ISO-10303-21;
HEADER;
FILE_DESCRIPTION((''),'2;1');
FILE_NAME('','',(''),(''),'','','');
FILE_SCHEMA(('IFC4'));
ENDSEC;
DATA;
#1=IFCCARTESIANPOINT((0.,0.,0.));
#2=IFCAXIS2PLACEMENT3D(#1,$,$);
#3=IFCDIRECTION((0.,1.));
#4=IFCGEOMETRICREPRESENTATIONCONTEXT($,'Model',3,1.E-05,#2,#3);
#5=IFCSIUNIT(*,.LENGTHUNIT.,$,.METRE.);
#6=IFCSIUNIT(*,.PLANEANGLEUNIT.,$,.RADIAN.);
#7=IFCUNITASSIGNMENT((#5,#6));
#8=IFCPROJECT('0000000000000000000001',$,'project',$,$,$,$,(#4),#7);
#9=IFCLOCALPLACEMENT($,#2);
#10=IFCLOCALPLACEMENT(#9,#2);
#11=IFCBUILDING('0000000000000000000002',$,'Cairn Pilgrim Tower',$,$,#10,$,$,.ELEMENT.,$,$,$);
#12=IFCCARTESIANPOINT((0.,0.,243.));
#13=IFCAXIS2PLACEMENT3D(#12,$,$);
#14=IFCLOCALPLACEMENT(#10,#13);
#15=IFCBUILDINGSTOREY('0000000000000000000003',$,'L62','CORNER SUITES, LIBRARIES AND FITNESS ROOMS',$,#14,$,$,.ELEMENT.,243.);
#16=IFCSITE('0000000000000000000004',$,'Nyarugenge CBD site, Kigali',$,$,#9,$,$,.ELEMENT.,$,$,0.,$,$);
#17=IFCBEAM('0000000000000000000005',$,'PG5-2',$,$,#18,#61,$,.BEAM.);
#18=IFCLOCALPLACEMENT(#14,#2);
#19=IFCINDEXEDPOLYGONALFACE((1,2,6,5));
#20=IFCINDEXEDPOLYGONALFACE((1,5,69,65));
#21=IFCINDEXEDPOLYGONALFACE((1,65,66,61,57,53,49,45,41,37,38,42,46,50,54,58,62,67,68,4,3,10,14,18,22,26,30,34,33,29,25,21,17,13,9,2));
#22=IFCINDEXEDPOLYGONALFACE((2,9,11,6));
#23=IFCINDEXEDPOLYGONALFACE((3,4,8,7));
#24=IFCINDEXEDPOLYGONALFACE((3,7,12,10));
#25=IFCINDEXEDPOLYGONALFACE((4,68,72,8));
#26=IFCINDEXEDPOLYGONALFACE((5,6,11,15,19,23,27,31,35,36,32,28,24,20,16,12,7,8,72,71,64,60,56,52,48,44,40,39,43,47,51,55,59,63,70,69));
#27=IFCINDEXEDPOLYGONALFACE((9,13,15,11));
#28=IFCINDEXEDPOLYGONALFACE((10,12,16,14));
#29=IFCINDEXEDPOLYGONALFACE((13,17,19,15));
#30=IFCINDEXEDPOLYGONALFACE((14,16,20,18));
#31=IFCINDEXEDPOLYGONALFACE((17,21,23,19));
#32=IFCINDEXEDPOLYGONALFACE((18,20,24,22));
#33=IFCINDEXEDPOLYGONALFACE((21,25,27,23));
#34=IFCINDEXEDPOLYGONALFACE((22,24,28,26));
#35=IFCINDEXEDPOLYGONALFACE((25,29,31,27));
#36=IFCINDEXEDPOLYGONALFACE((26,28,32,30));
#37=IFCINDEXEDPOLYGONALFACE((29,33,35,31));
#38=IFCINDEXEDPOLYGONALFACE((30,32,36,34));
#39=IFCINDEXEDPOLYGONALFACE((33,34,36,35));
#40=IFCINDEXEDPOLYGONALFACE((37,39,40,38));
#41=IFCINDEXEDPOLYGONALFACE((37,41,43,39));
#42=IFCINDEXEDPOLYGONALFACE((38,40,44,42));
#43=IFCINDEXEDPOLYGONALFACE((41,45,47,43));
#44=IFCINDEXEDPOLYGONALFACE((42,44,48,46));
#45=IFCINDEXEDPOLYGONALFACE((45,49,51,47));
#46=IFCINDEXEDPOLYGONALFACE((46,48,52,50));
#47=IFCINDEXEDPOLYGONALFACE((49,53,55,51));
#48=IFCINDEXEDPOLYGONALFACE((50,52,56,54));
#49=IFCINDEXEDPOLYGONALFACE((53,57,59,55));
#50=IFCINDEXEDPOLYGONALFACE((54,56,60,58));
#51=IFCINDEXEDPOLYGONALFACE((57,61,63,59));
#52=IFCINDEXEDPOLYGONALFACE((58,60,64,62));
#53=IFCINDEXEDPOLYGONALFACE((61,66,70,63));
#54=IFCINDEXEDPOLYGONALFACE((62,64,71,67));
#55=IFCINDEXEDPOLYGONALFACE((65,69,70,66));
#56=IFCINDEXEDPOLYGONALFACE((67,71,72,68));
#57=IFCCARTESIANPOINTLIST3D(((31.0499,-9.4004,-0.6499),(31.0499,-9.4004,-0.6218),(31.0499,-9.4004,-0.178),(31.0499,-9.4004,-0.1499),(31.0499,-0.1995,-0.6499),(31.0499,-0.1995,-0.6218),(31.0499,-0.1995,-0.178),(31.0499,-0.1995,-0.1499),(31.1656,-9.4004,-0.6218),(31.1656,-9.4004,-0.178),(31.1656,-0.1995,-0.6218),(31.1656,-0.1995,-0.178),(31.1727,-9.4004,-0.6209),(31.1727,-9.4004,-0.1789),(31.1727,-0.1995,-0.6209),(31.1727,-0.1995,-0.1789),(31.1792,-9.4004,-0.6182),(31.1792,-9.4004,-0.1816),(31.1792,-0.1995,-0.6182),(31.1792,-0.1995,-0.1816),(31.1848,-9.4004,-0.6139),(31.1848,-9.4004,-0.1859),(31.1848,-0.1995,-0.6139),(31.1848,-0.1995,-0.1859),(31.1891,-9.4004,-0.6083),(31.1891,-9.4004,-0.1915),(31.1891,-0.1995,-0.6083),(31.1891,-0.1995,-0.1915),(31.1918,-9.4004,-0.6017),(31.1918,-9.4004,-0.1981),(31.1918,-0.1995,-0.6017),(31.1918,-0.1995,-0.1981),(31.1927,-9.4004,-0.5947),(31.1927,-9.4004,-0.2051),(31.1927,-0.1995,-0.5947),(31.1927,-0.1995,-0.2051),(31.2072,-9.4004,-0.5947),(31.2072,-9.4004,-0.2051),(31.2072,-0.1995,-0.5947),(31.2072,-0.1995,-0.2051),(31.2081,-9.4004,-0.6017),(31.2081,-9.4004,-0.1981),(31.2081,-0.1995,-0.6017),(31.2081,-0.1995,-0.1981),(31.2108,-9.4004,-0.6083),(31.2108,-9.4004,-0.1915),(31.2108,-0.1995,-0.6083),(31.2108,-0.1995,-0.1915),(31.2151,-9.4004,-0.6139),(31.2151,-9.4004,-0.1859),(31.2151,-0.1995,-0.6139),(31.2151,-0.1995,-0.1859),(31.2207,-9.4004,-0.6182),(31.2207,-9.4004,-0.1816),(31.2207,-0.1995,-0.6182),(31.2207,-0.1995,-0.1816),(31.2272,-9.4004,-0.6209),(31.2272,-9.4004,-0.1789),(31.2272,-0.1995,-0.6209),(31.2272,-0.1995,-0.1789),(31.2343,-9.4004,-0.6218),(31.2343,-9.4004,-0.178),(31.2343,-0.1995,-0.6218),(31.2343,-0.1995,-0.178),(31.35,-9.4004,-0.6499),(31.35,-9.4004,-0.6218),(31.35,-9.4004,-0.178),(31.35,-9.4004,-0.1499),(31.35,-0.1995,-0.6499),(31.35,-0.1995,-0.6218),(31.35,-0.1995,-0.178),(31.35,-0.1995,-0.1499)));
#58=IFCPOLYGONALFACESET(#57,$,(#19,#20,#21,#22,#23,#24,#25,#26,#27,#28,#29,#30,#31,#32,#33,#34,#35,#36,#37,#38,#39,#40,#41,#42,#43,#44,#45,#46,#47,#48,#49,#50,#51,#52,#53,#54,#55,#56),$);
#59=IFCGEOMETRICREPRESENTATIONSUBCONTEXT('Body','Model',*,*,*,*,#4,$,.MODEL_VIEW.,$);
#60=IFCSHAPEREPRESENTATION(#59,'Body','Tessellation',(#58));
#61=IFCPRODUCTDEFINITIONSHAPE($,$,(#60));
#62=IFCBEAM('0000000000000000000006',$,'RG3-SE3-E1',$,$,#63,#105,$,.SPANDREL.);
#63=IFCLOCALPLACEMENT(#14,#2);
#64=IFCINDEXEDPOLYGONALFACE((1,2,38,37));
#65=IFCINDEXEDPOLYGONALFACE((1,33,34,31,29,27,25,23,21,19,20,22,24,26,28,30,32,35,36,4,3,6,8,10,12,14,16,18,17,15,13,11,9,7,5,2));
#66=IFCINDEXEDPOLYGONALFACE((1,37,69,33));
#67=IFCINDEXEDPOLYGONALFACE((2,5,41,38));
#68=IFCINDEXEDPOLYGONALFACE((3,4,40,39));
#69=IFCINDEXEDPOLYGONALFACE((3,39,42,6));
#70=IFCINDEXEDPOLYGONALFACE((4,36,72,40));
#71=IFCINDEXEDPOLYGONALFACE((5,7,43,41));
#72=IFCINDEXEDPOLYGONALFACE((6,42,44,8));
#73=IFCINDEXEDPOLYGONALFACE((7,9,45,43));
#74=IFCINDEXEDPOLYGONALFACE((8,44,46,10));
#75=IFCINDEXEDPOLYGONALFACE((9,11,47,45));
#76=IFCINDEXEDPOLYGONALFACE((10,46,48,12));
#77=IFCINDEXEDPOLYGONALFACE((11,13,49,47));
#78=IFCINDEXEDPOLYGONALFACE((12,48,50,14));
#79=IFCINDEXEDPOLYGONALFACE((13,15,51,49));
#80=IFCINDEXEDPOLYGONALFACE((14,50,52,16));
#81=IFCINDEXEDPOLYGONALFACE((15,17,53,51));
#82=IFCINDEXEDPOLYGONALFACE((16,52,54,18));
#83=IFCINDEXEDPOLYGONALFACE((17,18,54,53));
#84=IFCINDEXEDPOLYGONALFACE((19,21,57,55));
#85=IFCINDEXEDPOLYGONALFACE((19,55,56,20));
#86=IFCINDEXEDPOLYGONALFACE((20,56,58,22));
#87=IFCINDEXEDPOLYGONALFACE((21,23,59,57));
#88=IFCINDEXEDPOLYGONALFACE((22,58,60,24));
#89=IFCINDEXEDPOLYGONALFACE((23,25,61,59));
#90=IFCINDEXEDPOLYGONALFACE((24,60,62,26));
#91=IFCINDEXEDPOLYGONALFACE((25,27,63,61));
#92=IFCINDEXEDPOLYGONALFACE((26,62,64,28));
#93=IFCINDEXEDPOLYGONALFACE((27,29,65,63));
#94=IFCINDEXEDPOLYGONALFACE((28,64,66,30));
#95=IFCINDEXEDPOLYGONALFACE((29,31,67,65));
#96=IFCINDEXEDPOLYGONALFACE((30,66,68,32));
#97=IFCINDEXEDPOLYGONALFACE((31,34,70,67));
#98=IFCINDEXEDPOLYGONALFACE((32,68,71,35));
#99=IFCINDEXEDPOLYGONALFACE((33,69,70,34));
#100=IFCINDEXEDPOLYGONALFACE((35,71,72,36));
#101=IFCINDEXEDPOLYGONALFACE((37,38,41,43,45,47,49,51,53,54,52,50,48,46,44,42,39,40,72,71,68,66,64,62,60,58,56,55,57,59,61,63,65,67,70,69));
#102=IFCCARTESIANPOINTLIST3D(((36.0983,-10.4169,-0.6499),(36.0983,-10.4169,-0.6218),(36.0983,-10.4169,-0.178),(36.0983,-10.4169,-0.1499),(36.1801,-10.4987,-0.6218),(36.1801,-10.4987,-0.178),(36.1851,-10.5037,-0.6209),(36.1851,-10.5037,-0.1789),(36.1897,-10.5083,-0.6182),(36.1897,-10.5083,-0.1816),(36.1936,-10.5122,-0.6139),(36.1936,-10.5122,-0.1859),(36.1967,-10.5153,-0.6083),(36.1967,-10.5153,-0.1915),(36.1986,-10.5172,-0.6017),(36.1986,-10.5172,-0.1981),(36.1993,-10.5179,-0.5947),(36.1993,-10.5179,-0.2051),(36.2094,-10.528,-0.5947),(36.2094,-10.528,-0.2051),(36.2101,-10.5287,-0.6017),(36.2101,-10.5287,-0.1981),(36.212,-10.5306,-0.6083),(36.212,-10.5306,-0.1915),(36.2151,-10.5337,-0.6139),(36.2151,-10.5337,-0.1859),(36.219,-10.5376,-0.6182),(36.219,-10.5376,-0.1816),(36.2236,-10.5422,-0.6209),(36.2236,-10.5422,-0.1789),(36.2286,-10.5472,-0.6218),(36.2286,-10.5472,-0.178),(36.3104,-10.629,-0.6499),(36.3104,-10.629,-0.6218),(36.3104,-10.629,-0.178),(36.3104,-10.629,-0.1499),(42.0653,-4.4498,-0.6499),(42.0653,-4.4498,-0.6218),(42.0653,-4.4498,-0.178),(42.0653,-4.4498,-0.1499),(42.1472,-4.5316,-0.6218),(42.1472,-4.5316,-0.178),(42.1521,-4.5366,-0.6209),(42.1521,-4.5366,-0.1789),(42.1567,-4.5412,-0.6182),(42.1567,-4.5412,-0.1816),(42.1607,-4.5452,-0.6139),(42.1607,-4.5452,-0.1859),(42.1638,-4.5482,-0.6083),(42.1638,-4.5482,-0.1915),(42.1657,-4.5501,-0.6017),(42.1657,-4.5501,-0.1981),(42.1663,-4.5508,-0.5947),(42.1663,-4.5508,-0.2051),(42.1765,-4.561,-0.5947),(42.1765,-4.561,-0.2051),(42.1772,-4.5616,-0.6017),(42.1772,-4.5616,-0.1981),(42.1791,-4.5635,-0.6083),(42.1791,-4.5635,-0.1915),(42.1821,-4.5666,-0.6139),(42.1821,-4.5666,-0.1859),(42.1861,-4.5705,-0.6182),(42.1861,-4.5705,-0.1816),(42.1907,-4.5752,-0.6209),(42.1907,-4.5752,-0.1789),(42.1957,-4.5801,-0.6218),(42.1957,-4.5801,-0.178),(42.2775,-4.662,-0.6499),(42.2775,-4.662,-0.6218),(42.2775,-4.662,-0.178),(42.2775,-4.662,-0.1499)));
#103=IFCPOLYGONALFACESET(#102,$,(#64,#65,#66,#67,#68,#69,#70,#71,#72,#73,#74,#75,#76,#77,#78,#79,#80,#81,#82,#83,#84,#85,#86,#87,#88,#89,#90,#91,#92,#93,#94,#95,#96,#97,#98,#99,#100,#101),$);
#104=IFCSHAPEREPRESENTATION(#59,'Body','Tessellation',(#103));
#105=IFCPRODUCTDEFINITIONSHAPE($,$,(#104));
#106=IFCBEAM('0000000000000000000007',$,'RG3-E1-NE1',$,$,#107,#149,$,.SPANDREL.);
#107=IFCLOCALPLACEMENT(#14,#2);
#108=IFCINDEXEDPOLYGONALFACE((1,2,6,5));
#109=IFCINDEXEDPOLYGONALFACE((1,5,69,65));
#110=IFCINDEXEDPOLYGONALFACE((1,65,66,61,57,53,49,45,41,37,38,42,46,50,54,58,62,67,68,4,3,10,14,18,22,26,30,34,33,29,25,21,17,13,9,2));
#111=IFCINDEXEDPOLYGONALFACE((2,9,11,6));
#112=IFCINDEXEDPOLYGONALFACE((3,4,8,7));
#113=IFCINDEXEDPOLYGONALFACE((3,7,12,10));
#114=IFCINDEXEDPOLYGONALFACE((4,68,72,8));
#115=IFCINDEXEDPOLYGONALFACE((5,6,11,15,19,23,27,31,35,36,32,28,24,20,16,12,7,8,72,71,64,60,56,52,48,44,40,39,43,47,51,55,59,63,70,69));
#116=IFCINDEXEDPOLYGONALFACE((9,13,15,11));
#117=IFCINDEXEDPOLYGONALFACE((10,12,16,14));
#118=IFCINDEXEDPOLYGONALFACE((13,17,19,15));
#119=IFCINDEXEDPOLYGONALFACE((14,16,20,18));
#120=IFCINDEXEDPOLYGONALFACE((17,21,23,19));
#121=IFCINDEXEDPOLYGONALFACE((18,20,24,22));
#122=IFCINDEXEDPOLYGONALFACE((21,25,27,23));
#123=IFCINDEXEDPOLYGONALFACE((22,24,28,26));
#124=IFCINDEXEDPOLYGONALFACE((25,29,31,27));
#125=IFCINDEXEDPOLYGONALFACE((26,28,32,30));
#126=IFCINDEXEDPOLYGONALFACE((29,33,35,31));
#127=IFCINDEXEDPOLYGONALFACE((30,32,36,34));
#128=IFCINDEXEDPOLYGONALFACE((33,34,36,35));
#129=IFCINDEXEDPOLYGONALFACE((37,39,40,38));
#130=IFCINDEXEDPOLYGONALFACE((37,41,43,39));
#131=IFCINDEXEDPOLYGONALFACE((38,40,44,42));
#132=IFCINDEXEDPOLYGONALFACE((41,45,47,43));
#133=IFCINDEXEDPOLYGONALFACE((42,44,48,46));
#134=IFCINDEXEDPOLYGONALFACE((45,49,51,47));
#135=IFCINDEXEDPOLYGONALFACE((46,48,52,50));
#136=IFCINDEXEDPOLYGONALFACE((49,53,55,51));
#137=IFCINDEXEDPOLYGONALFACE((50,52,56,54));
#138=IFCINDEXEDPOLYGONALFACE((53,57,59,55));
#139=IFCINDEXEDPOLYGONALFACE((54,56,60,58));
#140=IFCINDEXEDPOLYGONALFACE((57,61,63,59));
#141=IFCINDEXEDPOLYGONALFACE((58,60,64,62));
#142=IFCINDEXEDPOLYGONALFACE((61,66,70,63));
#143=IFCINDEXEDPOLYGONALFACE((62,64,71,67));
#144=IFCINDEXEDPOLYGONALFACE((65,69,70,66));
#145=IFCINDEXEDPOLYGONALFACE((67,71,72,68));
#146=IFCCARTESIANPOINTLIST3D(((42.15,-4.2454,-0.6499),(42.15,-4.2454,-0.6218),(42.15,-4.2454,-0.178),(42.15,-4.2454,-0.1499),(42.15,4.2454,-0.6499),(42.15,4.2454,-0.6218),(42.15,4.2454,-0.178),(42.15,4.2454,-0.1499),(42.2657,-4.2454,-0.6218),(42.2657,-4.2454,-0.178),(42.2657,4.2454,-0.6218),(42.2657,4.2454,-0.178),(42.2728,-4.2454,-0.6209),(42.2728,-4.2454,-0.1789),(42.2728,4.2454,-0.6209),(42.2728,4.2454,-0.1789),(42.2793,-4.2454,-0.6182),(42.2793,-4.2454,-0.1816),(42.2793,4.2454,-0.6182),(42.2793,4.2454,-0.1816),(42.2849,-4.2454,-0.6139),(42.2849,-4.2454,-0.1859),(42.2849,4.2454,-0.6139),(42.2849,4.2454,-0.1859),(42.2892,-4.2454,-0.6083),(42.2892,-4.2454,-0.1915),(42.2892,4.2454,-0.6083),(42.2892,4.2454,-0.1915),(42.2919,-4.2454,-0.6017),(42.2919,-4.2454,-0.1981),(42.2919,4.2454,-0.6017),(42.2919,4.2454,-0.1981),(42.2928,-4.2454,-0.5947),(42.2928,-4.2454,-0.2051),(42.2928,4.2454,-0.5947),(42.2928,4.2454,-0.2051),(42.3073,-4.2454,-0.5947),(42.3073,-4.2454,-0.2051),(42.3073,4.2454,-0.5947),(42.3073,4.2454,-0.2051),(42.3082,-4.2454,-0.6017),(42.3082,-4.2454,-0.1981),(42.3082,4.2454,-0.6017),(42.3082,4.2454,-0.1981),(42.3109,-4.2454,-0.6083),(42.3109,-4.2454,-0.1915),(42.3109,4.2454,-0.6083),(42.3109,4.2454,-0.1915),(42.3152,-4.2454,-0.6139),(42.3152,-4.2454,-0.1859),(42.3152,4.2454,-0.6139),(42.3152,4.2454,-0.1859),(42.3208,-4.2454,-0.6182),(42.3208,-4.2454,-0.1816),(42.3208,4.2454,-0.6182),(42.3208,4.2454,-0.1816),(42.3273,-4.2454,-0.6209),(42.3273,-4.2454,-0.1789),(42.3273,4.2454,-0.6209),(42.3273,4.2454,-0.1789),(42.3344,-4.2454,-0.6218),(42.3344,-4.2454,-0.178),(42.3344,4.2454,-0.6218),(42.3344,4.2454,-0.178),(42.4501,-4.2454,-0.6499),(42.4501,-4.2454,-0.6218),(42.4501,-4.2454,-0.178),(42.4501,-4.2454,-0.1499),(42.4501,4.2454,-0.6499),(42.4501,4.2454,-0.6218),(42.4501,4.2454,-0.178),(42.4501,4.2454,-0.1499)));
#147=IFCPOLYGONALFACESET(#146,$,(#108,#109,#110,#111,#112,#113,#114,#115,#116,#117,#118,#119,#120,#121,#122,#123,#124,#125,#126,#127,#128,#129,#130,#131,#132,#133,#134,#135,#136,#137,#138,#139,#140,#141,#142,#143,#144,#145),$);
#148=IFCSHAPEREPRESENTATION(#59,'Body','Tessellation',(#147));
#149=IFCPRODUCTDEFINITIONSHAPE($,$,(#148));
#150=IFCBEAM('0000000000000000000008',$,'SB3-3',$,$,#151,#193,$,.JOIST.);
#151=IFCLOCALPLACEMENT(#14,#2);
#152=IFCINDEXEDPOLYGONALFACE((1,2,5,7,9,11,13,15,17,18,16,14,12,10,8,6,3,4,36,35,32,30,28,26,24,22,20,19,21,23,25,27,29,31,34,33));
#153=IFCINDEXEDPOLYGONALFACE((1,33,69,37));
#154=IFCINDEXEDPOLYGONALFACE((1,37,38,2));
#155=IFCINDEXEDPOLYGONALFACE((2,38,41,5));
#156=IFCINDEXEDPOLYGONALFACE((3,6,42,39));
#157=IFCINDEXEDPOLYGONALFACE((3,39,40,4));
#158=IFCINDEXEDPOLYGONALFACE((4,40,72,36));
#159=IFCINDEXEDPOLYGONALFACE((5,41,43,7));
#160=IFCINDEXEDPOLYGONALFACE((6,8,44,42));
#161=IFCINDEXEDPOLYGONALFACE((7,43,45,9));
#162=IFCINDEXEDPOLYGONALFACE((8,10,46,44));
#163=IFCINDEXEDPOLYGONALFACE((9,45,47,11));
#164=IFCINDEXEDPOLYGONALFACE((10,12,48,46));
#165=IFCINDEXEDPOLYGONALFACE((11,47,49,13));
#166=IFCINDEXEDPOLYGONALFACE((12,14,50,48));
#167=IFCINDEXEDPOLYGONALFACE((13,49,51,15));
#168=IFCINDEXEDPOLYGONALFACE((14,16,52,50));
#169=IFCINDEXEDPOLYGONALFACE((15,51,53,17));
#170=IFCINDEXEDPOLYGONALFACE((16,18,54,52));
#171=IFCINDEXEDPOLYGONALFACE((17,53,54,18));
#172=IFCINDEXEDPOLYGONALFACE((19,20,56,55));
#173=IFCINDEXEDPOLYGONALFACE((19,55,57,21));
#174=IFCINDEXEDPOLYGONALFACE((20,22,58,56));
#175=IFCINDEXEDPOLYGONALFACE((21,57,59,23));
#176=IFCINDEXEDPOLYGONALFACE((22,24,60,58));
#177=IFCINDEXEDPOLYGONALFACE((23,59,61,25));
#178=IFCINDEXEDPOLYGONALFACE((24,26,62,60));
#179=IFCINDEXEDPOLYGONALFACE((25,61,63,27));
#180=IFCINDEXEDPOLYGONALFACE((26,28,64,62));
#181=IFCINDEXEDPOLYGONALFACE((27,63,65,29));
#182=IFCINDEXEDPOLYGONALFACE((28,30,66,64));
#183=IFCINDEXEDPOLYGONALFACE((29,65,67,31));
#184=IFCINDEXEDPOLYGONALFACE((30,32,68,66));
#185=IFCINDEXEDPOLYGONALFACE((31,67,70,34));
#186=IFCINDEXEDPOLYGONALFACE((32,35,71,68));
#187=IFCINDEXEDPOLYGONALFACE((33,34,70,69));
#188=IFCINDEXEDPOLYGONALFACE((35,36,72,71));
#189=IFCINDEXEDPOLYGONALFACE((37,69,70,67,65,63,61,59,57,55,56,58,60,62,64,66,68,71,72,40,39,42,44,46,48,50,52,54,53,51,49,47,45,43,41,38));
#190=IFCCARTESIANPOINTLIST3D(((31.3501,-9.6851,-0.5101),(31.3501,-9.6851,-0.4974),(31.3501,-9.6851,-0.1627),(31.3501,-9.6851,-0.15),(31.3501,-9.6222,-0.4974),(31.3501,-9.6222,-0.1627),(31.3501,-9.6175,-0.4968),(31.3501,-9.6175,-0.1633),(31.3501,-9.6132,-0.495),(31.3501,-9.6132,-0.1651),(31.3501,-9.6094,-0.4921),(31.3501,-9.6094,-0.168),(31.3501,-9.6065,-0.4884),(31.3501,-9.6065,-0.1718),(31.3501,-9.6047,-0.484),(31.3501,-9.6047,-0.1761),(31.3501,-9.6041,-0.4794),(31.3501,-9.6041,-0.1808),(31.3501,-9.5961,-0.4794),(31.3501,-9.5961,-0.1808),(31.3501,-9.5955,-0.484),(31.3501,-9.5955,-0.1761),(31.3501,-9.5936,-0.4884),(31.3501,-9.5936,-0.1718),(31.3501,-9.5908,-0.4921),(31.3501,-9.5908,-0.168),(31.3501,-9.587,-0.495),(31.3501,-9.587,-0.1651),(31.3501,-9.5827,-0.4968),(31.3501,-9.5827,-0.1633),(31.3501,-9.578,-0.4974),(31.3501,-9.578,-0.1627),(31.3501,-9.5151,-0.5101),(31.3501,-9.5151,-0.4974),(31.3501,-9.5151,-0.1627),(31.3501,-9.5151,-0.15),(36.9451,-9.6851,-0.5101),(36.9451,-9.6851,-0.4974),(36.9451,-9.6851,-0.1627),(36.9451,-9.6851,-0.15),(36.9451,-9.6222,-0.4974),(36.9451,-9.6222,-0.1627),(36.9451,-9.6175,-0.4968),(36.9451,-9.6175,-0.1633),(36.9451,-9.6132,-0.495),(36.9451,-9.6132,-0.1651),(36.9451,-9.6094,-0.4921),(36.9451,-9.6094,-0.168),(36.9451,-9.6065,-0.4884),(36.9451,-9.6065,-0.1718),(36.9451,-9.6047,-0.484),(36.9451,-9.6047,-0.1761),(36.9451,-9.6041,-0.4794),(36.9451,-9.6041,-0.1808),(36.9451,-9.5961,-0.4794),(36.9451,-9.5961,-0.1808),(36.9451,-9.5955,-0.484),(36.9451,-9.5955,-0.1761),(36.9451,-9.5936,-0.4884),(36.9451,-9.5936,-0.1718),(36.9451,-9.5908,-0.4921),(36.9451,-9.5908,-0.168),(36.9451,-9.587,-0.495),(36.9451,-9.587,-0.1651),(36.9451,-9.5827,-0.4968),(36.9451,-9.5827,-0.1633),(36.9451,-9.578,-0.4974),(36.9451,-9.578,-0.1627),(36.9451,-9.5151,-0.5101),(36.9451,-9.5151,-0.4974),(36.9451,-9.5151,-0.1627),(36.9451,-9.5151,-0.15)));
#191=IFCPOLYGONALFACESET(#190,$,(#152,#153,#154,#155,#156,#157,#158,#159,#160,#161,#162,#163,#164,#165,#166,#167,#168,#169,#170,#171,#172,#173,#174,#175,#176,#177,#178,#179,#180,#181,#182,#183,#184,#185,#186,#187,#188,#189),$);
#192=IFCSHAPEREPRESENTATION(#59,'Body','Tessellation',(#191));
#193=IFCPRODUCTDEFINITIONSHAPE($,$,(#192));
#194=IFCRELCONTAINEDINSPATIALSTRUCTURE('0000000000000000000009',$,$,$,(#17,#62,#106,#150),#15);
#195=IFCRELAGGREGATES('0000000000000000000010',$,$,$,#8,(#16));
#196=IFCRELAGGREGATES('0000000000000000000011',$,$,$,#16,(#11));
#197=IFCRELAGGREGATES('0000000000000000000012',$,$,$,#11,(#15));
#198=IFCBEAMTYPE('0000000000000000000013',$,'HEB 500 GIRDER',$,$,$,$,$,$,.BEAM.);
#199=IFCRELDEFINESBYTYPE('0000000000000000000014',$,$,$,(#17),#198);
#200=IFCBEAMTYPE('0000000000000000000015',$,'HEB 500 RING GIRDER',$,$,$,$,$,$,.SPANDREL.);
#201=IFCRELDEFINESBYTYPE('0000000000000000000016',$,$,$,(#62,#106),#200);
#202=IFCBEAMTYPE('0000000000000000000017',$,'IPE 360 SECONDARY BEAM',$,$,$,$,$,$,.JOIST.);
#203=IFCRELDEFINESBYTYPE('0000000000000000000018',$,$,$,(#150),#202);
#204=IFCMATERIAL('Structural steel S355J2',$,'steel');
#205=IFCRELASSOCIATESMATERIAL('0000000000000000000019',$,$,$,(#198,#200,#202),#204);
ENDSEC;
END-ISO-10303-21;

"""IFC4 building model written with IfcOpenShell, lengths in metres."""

from ifc_helpers import new_model, si_unit, direction, frame, origin, origin_2d, place, context, subcontext, project, spatial, i_section, extrude, material, material_profile, profile_set, type_object, element, save


model = new_model("IFC4")

# Units and contexts
model_context = context("Model", 3, precision=1e-05, world=origin(), true_north=direction((0.0, 1.0)))
body_context = subcontext(model_context, "Body", "Model", "MODEL_VIEW")
ifc_project = project(units=[si_unit("LENGTHUNIT", "METRE"), si_unit("PLANEANGLEUNIT", "RADIAN")], contexts=[model_context])

# Site, building, storey
site_placement = place(None, origin())
site = spatial("IfcSite", under=ifc_project, at=site_placement, Name="Nyarugenge CBD site, Kigali", CompositionType="ELEMENT", RefElevation=0.0)
building_placement = place(site_placement, origin())
building = spatial("IfcBuilding", under=site, at=building_placement, Name="Cairn Pilgrim Tower", CompositionType="ELEMENT")
storey_placement = place(building_placement, frame((0.0, 0.0, 243.0)))
storey = spatial("IfcBuildingStorey", under=building, at=storey_placement, Name="L62", Description="CORNER SUITES, LIBRARIES AND FITNESS ROOMS", CompositionType="ELEMENT", Elevation=243.0)

# Shared definitions
ifc_material_1 = material(Name="Structural steel S355J2", Category="steel")

# Beams
ifc_material_profile_1 = material_profile(ifc_material_1, i_section(OverallWidth=0.3, OverallDepth=0.5, WebThickness=0.0144, FlangeThickness=0.0281, FilletRadius=0.0271, at=origin_2d()), Name="HEB 500")
ifc_profile_set_1 = profile_set([ifc_material_profile_1], Name="Structural steel S355J2")
beam_type_1 = type_object("IfcBeamType", Name="HEB 500 GIRDER", PredefinedType="BEAM", material=ifc_profile_set_1)
beam_1_placement = place(storey_placement, frame((31.2, -9.4004, -0.3999), z_axis=(0.0, 1.0, 0.0), x_axis=(-1.0, 0.0, 0.0)))
element("IfcBeam", 1, at=beam_1_placement, inside=storey, type_object=beam_type_1, Name="PG5-2", PredefinedType="BEAM", context=body_context, shape_type="SweptSolid", body=[
    extrude(i_section(OverallWidth=0.3, OverallDepth=0.5, WebThickness=0.0144, FlangeThickness=0.0281, FilletRadius=0.0271, at=origin_2d()), origin(), (0.0, 0.0, 1.0), 9.2009),
])
ifc_material_profile_2 = material_profile(ifc_material_1, i_section(OverallWidth=0.3, OverallDepth=0.5, WebThickness=0.0144, FlangeThickness=0.0281, FilletRadius=0.0271, at=origin_2d()), Name="HEB 500")
ifc_profile_set_2 = profile_set([ifc_material_profile_2], Name="Structural steel S355J2")
beam_type_2 = type_object("IfcBeamType", Name="HEB 500 RING GIRDER", PredefinedType="SPANDREL", material=ifc_profile_set_2)
beam_2_placement = place(storey_placement, frame((36.2043, -10.5229, -0.3999), z_axis=(0.707107, 0.707107, 0.0), x_axis=(-0.707107, 0.707107, 0.0)))
element("IfcBeam", 2, at=beam_2_placement, inside=storey, type_object=beam_type_2, Name="RG3-SE3-E1", PredefinedType="SPANDREL", context=body_context, shape_type="SweptSolid", body=[
    extrude(i_section(OverallWidth=0.3, OverallDepth=0.5, WebThickness=0.0144, FlangeThickness=0.0281, FilletRadius=0.0271, at=origin_2d()), origin(), (0.0, 0.0, 1.0), 8.4387),
])
beam_3_placement = place(storey_placement, frame((42.3, -4.2454, -0.3999), z_axis=(0.0, 1.0, 0.0), x_axis=(-1.0, 0.0, 0.0)))
element("IfcBeam", 3, at=beam_3_placement, inside=storey, type_object=beam_type_2, Name="RG3-E1-NE1", PredefinedType="SPANDREL", context=body_context, shape_type="SweptSolid", body=[
    extrude(i_section(OverallWidth=0.3, OverallDepth=0.5, WebThickness=0.0144, FlangeThickness=0.0281, FilletRadius=0.0271, at=origin_2d()), origin(), (0.0, 0.0, 1.0), 8.4907),
])
ifc_material_profile_3 = material_profile(ifc_material_1, i_section(OverallWidth=0.1699, OverallDepth=0.3601, WebThickness=0.0081, FlangeThickness=0.0127, FilletRadius=0.0181, at=origin_2d()), Name="IPE 360")
ifc_profile_set_3 = profile_set([ifc_material_profile_3], Name="Structural steel S355J2")
beam_type_3 = type_object("IfcBeamType", Name="IPE 360 SECONDARY BEAM", PredefinedType="JOIST", material=ifc_profile_set_3)
beam_4_placement = place(storey_placement, frame((31.3501, -9.6001, -0.3301), z_axis=(1.0, 0.0, 0.0), x_axis=(0.0, 1.0, 0.0)))
element("IfcBeam", 4, at=beam_4_placement, inside=storey, type_object=beam_type_3, Name="SB3-3", PredefinedType="JOIST", context=body_context, shape_type="SweptSolid", body=[
    extrude(i_section(OverallWidth=0.1699, OverallDepth=0.3601, WebThickness=0.0081, FlangeThickness=0.0127, FilletRadius=0.0181, at=origin_2d()), origin(), (0.0, 0.0, 1.0), 5.595),
])

save(model, "model.ifc")
